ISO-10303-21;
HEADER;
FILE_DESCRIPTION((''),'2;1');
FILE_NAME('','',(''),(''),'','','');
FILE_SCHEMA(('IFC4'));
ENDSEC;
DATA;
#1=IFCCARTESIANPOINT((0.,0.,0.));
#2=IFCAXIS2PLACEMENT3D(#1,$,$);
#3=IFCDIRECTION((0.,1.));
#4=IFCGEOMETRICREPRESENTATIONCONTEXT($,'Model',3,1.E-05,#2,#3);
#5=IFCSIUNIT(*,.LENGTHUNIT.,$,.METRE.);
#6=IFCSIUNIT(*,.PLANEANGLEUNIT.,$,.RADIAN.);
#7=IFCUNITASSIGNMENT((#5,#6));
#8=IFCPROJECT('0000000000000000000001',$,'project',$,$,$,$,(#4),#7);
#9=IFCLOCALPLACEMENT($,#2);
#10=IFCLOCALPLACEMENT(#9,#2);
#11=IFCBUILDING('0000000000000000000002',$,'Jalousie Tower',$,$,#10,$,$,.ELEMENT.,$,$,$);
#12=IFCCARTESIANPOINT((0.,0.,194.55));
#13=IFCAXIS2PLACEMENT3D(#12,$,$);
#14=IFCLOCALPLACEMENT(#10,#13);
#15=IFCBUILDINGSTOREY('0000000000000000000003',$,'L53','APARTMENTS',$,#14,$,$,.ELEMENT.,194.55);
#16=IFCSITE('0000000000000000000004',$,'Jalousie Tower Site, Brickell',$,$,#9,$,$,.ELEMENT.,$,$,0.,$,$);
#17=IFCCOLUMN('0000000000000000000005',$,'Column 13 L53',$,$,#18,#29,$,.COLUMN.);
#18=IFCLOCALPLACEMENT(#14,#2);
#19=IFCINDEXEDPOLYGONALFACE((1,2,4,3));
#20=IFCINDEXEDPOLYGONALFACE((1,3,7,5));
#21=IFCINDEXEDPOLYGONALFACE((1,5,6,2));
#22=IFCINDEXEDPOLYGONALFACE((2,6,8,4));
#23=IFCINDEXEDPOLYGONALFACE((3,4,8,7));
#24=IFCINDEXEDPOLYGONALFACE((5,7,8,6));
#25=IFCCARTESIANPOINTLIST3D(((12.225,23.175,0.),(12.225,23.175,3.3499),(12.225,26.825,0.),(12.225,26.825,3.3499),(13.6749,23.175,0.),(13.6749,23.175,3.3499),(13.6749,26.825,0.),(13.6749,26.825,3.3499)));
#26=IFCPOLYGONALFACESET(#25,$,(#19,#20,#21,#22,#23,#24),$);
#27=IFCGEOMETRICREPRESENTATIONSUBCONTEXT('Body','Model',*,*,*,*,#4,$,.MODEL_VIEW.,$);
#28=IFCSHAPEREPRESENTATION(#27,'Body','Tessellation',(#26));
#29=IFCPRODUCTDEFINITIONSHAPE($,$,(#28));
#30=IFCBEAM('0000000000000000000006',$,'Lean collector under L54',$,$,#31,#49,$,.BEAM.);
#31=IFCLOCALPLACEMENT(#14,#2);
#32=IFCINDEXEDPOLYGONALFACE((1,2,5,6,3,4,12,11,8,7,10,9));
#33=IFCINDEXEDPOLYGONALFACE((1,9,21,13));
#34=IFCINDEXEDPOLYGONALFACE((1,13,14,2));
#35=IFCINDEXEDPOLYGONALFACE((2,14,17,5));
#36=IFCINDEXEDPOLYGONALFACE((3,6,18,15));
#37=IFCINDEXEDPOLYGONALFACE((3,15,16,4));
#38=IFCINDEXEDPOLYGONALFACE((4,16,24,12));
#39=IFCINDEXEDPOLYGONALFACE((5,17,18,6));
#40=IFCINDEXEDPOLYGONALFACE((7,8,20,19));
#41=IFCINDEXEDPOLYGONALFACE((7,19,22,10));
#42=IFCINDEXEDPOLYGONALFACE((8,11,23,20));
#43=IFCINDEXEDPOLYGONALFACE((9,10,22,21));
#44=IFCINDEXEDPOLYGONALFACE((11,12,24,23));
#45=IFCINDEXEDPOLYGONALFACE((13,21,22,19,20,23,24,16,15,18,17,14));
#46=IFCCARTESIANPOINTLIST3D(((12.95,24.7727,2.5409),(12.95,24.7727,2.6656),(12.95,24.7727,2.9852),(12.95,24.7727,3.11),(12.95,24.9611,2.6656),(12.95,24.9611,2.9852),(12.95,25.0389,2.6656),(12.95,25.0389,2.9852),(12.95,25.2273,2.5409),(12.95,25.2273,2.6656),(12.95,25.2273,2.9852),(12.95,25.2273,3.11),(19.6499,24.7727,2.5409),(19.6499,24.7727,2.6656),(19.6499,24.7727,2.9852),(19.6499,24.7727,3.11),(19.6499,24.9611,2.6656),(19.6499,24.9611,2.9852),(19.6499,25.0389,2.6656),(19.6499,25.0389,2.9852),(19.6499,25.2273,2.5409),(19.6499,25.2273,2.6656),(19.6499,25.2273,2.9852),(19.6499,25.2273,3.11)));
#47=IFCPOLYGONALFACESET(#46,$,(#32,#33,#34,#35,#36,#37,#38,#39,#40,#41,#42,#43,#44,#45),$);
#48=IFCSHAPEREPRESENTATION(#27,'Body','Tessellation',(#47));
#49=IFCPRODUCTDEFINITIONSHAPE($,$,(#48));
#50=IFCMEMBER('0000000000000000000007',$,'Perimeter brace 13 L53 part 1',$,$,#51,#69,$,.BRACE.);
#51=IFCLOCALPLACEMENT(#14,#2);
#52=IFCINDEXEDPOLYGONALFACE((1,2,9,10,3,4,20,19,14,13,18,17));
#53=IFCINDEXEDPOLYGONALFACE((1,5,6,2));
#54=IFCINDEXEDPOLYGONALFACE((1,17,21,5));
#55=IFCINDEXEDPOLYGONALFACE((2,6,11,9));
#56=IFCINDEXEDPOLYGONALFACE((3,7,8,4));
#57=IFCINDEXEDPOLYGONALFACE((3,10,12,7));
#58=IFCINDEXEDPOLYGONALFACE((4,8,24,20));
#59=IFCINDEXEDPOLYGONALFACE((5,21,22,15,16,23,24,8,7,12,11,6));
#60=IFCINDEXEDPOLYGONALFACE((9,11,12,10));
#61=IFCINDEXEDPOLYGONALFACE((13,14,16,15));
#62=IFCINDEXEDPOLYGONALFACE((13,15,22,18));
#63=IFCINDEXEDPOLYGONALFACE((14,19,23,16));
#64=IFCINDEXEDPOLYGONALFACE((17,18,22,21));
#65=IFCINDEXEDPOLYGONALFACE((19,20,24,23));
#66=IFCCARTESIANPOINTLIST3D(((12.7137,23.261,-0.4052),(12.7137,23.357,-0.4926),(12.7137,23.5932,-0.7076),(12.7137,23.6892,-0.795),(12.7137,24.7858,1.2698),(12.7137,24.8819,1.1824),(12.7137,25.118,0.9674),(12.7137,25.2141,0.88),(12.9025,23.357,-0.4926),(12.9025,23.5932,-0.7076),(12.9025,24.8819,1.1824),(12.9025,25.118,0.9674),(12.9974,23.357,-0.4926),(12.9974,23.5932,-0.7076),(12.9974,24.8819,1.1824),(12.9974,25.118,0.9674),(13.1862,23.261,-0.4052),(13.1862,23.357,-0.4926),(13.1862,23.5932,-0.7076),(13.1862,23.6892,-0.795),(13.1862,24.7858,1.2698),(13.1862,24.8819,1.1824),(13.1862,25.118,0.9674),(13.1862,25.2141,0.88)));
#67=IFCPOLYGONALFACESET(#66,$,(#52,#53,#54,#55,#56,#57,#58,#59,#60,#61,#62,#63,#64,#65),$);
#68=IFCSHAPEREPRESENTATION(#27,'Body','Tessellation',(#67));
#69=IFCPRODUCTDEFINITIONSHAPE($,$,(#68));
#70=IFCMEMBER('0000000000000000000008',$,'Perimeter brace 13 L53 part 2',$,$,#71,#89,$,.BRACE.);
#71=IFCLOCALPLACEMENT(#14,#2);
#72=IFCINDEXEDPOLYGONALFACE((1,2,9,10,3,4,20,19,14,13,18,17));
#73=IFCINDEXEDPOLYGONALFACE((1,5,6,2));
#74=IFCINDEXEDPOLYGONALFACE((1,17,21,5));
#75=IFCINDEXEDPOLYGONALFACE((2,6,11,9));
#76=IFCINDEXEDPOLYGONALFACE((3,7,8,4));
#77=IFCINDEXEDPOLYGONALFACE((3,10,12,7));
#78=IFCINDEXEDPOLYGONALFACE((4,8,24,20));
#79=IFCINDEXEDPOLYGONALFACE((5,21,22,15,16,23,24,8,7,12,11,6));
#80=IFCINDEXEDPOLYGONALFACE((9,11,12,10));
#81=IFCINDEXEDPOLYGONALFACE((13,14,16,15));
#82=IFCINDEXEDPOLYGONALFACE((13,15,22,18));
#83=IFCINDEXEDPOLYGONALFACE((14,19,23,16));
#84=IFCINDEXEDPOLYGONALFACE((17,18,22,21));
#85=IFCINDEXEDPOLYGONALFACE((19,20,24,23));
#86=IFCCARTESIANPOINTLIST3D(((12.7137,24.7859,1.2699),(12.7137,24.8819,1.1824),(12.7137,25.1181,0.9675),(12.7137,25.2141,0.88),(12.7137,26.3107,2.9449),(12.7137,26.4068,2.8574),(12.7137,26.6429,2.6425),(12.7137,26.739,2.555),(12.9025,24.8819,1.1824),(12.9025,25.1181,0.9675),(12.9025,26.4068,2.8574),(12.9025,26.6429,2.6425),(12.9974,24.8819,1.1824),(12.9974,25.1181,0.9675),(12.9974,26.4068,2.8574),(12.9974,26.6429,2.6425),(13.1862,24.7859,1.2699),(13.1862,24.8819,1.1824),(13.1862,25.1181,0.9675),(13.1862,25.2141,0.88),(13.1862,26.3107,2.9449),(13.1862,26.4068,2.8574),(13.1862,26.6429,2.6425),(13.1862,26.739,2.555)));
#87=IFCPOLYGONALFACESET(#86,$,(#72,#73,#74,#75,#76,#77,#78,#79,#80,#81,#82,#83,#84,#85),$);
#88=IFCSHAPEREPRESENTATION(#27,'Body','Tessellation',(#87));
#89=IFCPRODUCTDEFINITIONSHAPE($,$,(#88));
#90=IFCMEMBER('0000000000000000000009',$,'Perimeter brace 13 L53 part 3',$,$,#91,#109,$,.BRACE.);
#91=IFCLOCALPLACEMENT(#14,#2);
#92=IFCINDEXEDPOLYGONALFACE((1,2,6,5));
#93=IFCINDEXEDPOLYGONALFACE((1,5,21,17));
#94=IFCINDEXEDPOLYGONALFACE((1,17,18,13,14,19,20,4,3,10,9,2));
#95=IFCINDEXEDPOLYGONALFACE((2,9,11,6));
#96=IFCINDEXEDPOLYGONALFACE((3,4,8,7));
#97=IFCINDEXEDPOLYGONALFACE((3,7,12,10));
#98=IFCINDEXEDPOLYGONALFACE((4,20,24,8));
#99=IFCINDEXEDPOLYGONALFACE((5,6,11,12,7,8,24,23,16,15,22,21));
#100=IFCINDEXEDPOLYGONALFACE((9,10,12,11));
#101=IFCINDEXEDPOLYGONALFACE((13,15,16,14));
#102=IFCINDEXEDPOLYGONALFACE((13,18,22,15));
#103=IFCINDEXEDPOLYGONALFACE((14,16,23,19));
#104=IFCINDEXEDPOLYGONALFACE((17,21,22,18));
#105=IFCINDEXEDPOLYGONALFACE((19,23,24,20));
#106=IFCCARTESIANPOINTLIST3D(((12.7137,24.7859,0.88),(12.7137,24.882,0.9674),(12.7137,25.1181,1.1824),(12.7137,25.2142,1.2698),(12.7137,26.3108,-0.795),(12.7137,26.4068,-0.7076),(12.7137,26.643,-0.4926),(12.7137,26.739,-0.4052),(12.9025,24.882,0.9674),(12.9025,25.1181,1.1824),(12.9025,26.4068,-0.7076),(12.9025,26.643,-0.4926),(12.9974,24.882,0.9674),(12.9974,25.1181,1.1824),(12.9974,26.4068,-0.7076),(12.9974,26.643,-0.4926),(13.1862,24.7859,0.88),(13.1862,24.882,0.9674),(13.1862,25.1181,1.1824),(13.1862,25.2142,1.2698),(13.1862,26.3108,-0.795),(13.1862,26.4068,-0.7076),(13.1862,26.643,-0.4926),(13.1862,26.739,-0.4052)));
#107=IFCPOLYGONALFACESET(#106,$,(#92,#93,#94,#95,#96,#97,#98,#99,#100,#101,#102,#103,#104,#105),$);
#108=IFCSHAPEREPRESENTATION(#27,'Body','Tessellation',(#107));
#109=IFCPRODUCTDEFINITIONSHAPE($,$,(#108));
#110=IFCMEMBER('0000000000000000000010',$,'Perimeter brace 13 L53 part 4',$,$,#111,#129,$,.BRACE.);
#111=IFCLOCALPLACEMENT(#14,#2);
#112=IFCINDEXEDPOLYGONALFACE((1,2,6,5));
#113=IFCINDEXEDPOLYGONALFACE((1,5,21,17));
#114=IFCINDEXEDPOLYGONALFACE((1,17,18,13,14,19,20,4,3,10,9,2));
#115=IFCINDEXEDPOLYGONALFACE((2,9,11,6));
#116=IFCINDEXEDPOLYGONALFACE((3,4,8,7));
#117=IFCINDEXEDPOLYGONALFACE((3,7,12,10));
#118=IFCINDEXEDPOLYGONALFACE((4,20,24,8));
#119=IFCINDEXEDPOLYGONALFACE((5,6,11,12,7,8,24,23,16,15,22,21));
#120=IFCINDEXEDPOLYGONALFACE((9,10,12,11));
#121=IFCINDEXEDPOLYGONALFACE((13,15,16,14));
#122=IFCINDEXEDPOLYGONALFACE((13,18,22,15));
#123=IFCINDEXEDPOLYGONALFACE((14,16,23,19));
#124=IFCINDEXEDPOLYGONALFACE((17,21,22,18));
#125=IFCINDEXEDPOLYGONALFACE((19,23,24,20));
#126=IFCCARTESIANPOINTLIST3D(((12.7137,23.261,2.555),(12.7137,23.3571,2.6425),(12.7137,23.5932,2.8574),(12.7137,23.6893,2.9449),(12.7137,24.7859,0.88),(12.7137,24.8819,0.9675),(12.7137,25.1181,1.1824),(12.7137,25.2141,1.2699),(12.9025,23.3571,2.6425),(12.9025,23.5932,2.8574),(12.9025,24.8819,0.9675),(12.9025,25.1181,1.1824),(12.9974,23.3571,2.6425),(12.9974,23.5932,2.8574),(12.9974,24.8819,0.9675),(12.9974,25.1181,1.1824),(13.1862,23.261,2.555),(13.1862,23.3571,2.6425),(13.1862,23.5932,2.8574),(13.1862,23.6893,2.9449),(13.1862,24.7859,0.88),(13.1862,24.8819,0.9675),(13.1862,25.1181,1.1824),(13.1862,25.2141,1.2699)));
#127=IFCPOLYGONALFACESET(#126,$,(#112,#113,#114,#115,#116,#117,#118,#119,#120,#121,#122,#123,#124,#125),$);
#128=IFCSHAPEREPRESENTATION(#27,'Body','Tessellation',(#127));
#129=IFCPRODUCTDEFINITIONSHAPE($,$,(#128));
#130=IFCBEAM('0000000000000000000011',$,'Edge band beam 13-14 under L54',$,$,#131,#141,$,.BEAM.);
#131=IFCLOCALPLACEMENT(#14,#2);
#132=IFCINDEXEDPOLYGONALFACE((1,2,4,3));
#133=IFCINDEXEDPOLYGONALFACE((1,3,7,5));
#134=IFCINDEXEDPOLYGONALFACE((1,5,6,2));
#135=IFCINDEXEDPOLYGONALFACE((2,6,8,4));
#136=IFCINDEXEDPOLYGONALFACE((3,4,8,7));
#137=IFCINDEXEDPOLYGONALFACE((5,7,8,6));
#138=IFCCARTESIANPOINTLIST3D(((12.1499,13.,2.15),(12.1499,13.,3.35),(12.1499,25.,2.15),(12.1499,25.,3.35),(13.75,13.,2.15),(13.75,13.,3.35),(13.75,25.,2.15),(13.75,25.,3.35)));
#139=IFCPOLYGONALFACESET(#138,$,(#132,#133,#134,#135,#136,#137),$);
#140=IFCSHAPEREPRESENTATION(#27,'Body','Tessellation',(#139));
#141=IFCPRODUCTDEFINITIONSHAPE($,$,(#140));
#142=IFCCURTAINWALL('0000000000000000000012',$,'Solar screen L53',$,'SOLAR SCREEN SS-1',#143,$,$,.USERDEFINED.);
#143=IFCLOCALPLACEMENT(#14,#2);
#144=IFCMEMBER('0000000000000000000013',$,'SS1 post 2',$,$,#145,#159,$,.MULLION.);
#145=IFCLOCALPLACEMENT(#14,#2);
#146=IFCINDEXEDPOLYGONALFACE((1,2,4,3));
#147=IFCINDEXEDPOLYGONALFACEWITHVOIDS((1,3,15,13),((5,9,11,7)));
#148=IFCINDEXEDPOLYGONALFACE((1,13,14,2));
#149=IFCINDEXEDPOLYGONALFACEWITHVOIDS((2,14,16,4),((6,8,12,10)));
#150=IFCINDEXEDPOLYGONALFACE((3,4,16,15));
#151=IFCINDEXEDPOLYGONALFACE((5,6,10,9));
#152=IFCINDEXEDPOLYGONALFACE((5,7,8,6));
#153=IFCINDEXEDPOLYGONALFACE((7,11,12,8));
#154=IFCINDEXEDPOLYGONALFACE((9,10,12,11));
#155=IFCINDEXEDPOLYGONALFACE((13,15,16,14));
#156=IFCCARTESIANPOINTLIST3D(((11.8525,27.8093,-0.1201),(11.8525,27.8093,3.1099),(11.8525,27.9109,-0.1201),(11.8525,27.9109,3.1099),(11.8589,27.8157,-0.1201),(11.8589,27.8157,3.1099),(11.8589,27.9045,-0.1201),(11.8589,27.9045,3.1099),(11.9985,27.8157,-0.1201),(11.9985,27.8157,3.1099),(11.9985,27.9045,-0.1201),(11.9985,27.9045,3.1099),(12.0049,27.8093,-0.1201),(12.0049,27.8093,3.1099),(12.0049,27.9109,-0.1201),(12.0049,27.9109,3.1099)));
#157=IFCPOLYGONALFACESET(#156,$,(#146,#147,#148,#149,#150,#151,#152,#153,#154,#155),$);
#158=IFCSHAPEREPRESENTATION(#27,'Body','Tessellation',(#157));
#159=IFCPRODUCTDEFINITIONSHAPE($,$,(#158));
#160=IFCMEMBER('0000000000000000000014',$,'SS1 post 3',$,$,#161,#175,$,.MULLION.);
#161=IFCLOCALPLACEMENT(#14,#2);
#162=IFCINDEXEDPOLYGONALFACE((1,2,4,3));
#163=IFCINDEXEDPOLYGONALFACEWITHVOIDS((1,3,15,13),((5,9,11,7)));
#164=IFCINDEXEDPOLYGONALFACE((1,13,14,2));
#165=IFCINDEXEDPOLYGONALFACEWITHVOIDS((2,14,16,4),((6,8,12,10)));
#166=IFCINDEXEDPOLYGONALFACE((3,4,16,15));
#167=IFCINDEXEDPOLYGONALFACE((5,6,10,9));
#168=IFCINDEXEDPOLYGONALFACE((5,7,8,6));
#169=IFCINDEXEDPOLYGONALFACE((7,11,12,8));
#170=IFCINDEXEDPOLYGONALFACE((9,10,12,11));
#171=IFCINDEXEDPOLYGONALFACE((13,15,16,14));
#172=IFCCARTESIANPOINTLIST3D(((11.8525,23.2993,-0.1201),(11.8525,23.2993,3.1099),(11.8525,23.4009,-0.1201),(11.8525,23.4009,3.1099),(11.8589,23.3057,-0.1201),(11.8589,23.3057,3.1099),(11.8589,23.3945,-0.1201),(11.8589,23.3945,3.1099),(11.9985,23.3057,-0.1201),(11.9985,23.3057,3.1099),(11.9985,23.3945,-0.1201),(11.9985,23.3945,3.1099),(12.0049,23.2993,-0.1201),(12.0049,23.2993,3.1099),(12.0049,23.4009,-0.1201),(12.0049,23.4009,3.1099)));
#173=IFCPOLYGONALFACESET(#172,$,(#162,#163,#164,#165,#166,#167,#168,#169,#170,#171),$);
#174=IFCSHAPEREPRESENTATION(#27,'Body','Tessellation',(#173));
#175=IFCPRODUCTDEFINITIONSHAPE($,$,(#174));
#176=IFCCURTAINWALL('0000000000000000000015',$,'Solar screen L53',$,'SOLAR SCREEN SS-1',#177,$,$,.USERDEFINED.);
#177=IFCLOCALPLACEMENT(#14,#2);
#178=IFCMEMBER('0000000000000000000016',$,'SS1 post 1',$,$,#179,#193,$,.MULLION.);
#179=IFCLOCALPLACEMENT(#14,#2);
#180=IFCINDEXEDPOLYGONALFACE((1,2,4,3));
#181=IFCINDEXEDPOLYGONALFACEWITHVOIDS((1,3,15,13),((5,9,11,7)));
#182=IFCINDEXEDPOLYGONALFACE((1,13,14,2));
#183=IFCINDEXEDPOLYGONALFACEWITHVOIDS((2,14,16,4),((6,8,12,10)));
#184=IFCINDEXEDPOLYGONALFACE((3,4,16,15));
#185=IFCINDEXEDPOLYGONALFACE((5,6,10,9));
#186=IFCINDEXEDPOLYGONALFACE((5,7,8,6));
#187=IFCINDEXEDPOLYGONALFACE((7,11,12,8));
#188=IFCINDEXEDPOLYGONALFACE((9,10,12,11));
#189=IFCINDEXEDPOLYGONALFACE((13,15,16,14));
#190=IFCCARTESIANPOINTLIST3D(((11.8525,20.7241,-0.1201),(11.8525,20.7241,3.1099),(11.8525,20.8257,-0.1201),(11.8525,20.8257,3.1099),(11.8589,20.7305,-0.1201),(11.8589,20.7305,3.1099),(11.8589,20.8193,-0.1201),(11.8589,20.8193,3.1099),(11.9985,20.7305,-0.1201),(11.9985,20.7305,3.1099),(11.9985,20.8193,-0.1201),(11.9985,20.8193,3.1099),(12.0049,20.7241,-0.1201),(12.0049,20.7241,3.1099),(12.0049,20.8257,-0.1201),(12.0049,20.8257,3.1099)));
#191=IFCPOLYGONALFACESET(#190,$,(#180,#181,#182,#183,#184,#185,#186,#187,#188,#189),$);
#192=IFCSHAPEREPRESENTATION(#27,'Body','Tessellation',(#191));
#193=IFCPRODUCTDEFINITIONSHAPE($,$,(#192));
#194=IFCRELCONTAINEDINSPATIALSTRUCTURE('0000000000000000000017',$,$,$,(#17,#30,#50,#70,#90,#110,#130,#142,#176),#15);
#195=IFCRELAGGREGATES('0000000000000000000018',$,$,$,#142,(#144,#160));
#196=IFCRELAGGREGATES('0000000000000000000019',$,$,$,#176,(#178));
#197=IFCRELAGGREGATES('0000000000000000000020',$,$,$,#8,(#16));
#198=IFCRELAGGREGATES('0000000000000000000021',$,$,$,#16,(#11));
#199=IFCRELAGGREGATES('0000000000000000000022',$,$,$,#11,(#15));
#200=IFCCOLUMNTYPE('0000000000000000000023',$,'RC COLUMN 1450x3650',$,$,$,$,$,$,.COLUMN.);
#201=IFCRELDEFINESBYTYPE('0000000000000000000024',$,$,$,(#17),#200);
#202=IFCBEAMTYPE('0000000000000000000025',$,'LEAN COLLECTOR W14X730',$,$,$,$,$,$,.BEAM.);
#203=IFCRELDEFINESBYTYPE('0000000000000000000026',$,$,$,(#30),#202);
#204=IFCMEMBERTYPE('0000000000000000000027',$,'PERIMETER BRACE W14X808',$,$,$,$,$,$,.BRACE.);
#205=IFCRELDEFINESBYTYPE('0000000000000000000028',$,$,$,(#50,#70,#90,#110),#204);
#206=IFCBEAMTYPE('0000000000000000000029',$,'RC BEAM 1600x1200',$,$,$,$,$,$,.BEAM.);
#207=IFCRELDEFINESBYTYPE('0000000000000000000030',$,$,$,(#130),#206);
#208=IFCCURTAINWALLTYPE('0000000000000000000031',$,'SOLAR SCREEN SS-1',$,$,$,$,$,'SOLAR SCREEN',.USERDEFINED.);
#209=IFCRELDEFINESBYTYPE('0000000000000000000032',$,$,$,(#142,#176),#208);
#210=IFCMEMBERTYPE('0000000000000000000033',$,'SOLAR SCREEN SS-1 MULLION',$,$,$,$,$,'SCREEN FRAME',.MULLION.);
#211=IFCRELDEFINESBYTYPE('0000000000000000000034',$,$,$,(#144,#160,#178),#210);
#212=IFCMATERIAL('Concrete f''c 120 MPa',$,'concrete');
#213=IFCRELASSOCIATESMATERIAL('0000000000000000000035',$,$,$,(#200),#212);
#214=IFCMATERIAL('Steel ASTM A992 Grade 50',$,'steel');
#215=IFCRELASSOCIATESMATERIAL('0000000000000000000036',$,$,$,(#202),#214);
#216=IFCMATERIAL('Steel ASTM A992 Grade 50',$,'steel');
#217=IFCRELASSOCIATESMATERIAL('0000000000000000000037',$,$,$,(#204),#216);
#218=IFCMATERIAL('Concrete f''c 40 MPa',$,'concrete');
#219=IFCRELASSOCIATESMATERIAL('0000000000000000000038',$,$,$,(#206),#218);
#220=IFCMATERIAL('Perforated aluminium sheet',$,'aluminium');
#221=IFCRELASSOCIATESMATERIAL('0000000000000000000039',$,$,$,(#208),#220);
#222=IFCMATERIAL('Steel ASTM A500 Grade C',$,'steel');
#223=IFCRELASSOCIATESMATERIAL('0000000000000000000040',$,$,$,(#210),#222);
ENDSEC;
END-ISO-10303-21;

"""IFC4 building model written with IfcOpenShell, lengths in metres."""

from ifc_helpers import new_model, si_unit, direction, frame, origin, origin_2d, place, context, subcontext, project, spatial, rectangle, hollow_rectangle, i_section, extrude, material, material_profile, profile_set, type_object, element, aggregate, save


model = new_model("IFC4")

# Units and contexts
model_context = context("Model", 3, precision=1e-05, world=origin(), true_north=direction((0.0, 1.0)))
body_context = subcontext(model_context, "Body", "Model", "MODEL_VIEW")
ifc_project = project(units=[si_unit("LENGTHUNIT", "METRE"), si_unit("PLANEANGLEUNIT", "RADIAN")], contexts=[model_context])

# Site, building, storey
site_placement = place(None, origin())
site = spatial("IfcSite", under=ifc_project, at=site_placement, Name="Jalousie Tower Site, Brickell", CompositionType="ELEMENT", RefElevation=0.0)
building_placement = place(site_placement, origin())
building = spatial("IfcBuilding", under=site, at=building_placement, Name="Jalousie Tower", CompositionType="ELEMENT")
storey_placement = place(building_placement, frame((0.0, 0.0, 194.55)))
storey = spatial("IfcBuildingStorey", under=building, at=storey_placement, Name="L53", Description="APARTMENTS", CompositionType="ELEMENT", Elevation=194.55)

# Column
ifc_material_1 = material(Name="Concrete f'c 120 MPa", Category="concrete")
ifc_material_profile_1 = material_profile(ifc_material_1, rectangle(XDim=1.45, YDim=3.6499, at=origin_2d()), Name="RC 1450x3650")
ifc_profile_set_1 = profile_set([ifc_material_profile_1], Name="Concrete f'c 120 MPa")
column_type = type_object("IfcColumnType", Name="RC COLUMN 1450x3650", PredefinedType="COLUMN", material=ifc_profile_set_1)
column_placement = place(storey_placement, frame((12.95, 25.0, 0.0), z_axis=(0.0, 0.0, 1.0), x_axis=(1.0, 0.0, 0.0)))
element("IfcColumn", 1, at=column_placement, inside=storey, type_object=column_type, Name="Column 13 L53", PredefinedType="COLUMN", context=body_context, shape_type="SweptSolid", body=[
    extrude(rectangle(XDim=1.45, YDim=3.6499, at=origin_2d()), origin(), (0.0, 0.0, 1.0), 3.3499),
])

# Beam
ifc_material_2 = material(Name="Steel ASTM A992 Grade 50", Category="steel")
ifc_material_profile_2 = material_profile(ifc_material_2, i_section(OverallWidth=0.4546, OverallDepth=0.5691, WebThickness=0.0779, FlangeThickness=0.1248, at=origin_2d()), Name="W14X730")
ifc_profile_set_2 = profile_set([ifc_material_profile_2], Name="Steel ASTM A992 Grade 50")
beam_type_1 = type_object("IfcBeamType", Name="LEAN COLLECTOR W14X730", PredefinedType="BEAM", material=ifc_profile_set_2)
beam_1_placement = place(storey_placement, frame((12.95, 25.0, 2.8254), z_axis=(1.0, 0.0, 0.0), x_axis=(0.0, 1.0, 0.0)))
element("IfcBeam", 2, at=beam_1_placement, inside=storey, type_object=beam_type_1, Name="Lean collector under L54", PredefinedType="BEAM", context=body_context, shape_type="SweptSolid", body=[
    extrude(i_section(OverallWidth=0.4546, OverallDepth=0.5691, WebThickness=0.0779, FlangeThickness=0.1248, at=origin_2d()), origin(), (0.0, 0.0, 1.0), 6.7),
])

# Members
ifc_material_3 = material(Name="Steel ASTM A992 Grade 50", Category="steel")
ifc_material_profile_3 = material_profile(ifc_material_3, i_section(OverallWidth=0.4724, OverallDepth=0.5791, WebThickness=0.095, FlangeThickness=0.1299, at=origin_2d()), Name="W14X808")
ifc_profile_set_3 = profile_set([ifc_material_profile_3], Name="Steel ASTM A992 Grade 50")
member_type_1 = type_object("IfcMemberType", Name="PERIMETER BRACE W14X808", PredefinedType="BRACE", material=ifc_profile_set_3)
for number, where, z_axis, x_axis, name in (
    (3, (12.95, 23.4751, -0.6001), (0.0, 0.673188, 0.739472), (-1.0, 0.0, 0.0), "Perimeter brace 13 L53 part 1"),
    (4, (12.95, 25.0, 1.075), (0.0, 0.673188, 0.739472), (-1.0, 0.0, 0.0), "Perimeter brace 13 L53 part 2"),
    (5, (12.95, 26.5249, -0.6001), (0.0, -0.673188, 0.739472), (1.0, 0.0, 0.0), "Perimeter brace 13 L53 part 3"),
    (6, (12.95, 25.0, 1.075), (0.0, -0.673188, 0.739472), (1.0, 0.0, 0.0), "Perimeter brace 13 L53 part 4"),
):
    element("IfcMember", number, at=place(storey_placement, frame(where, z_axis=z_axis, x_axis=x_axis)), inside=storey, type_object=member_type_1, Name=name, PredefinedType="BRACE", context=body_context, shape_type="SweptSolid", body=[
        extrude(i_section(OverallWidth=0.4724, OverallDepth=0.5791, WebThickness=0.095, FlangeThickness=0.1299, at=origin_2d()), origin(), (0.0, 0.0, 1.0), 2.2651),
    ])

# Beam
ifc_material_4 = material(Name="Concrete f'c 40 MPa", Category="concrete")
ifc_material_profile_4 = material_profile(ifc_material_4, rectangle(XDim=1.6001, YDim=1.2, at=origin_2d()), Name="RC 1600x1200")
ifc_profile_set_4 = profile_set([ifc_material_profile_4], Name="Concrete f'c 40 MPa")
beam_type_2 = type_object("IfcBeamType", Name="RC BEAM 1600x1200", PredefinedType="BEAM", material=ifc_profile_set_4)
beam_2_placement = place(storey_placement, frame((12.95, 25.0, 2.75), z_axis=(0.0, -1.0, 0.0), x_axis=(1.0, 0.0, 0.0)))
element("IfcBeam", 7, at=beam_2_placement, inside=storey, type_object=beam_type_2, Name="Edge band beam 13-14 under L54", PredefinedType="BEAM", context=body_context, shape_type="SweptSolid", body=[
    extrude(rectangle(XDim=1.6001, YDim=1.2, at=origin_2d()), origin(), (0.0, 0.0, 1.0), 12.0),
])

# Curtain walls, members
ifc_material_5 = material(Name="Perforated aluminium sheet", Category="aluminium")
curtain_wall_type = type_object("IfcCurtainWallType", Name="SOLAR SCREEN SS-1", ElementType="SOLAR SCREEN", PredefinedType="USERDEFINED", material=ifc_material_5)
curtain_wall_1_placement = place(storey_placement, origin())
curtain_wall_1 = element("IfcCurtainWall", 8, at=curtain_wall_1_placement, inside=storey, type_object=curtain_wall_type, Name="Solar screen L53", ObjectType="SOLAR SCREEN SS-1", PredefinedType="USERDEFINED")
ifc_material_6 = material(Name="Steel ASTM A500 Grade C", Category="steel")
ifc_material_profile_5 = material_profile(ifc_material_6, hollow_rectangle(XDim=0.1016, YDim=0.1523, WallThickness=0.0063, at=origin_2d()), Name="HSS6X4X1/4")
ifc_profile_set_5 = profile_set([ifc_material_profile_5], Name="Steel ASTM A500 Grade C")
member_type_2 = type_object("IfcMemberType", Name="SOLAR SCREEN SS-1 MULLION", ElementType="SCREEN FRAME", PredefinedType="MULLION", material=ifc_profile_set_5)
member_1_placement = place(storey_placement, frame((11.9287, 27.8601, -0.1201), z_axis=(0.0, 0.0, 1.0), x_axis=(0.0, -1.0, 0.0)))
member_1 = element("IfcMember", 9, at=member_1_placement, type_object=member_type_2, Name="SS1 post 2", PredefinedType="MULLION", context=body_context, shape_type="SweptSolid", body=[
    extrude(hollow_rectangle(XDim=0.1016, YDim=0.1523, WallThickness=0.0063, at=origin_2d()), origin(), (0.0, 0.0, 1.0), 3.23),
])
member_2_placement = place(storey_placement, frame((11.9287, 23.3501, -0.1201), z_axis=(0.0, 0.0, 1.0), x_axis=(0.0, -1.0, 0.0)))
member_2 = element("IfcMember", 10, at=member_2_placement, type_object=member_type_2, Name="SS1 post 3", PredefinedType="MULLION", context=body_context, shape_type="SweptSolid", body=[
    extrude(hollow_rectangle(XDim=0.1016, YDim=0.1523, WallThickness=0.0063, at=origin_2d()), origin(), (0.0, 0.0, 1.0), 3.23),
])
curtain_wall_2_placement = place(storey_placement, origin())
curtain_wall_2 = element("IfcCurtainWall", 11, at=curtain_wall_2_placement, inside=storey, type_object=curtain_wall_type, Name="Solar screen L53", ObjectType="SOLAR SCREEN SS-1", PredefinedType="USERDEFINED")
member_3_placement = place(storey_placement, frame((11.9287, 20.7749, -0.1201), z_axis=(0.0, 0.0, 1.0), x_axis=(0.0, -1.0, 0.0)))
member_3 = element("IfcMember", 12, at=member_3_placement, type_object=member_type_2, Name="SS1 post 1", PredefinedType="MULLION", context=body_context, shape_type="SweptSolid", body=[
    extrude(hollow_rectangle(XDim=0.1016, YDim=0.1523, WallThickness=0.0063, at=origin_2d()), origin(), (0.0, 0.0, 1.0), 3.23),
])

aggregate(curtain_wall_1, [member_1, member_2])
aggregate(curtain_wall_2, [member_3])

save(model, "model.ifc")
